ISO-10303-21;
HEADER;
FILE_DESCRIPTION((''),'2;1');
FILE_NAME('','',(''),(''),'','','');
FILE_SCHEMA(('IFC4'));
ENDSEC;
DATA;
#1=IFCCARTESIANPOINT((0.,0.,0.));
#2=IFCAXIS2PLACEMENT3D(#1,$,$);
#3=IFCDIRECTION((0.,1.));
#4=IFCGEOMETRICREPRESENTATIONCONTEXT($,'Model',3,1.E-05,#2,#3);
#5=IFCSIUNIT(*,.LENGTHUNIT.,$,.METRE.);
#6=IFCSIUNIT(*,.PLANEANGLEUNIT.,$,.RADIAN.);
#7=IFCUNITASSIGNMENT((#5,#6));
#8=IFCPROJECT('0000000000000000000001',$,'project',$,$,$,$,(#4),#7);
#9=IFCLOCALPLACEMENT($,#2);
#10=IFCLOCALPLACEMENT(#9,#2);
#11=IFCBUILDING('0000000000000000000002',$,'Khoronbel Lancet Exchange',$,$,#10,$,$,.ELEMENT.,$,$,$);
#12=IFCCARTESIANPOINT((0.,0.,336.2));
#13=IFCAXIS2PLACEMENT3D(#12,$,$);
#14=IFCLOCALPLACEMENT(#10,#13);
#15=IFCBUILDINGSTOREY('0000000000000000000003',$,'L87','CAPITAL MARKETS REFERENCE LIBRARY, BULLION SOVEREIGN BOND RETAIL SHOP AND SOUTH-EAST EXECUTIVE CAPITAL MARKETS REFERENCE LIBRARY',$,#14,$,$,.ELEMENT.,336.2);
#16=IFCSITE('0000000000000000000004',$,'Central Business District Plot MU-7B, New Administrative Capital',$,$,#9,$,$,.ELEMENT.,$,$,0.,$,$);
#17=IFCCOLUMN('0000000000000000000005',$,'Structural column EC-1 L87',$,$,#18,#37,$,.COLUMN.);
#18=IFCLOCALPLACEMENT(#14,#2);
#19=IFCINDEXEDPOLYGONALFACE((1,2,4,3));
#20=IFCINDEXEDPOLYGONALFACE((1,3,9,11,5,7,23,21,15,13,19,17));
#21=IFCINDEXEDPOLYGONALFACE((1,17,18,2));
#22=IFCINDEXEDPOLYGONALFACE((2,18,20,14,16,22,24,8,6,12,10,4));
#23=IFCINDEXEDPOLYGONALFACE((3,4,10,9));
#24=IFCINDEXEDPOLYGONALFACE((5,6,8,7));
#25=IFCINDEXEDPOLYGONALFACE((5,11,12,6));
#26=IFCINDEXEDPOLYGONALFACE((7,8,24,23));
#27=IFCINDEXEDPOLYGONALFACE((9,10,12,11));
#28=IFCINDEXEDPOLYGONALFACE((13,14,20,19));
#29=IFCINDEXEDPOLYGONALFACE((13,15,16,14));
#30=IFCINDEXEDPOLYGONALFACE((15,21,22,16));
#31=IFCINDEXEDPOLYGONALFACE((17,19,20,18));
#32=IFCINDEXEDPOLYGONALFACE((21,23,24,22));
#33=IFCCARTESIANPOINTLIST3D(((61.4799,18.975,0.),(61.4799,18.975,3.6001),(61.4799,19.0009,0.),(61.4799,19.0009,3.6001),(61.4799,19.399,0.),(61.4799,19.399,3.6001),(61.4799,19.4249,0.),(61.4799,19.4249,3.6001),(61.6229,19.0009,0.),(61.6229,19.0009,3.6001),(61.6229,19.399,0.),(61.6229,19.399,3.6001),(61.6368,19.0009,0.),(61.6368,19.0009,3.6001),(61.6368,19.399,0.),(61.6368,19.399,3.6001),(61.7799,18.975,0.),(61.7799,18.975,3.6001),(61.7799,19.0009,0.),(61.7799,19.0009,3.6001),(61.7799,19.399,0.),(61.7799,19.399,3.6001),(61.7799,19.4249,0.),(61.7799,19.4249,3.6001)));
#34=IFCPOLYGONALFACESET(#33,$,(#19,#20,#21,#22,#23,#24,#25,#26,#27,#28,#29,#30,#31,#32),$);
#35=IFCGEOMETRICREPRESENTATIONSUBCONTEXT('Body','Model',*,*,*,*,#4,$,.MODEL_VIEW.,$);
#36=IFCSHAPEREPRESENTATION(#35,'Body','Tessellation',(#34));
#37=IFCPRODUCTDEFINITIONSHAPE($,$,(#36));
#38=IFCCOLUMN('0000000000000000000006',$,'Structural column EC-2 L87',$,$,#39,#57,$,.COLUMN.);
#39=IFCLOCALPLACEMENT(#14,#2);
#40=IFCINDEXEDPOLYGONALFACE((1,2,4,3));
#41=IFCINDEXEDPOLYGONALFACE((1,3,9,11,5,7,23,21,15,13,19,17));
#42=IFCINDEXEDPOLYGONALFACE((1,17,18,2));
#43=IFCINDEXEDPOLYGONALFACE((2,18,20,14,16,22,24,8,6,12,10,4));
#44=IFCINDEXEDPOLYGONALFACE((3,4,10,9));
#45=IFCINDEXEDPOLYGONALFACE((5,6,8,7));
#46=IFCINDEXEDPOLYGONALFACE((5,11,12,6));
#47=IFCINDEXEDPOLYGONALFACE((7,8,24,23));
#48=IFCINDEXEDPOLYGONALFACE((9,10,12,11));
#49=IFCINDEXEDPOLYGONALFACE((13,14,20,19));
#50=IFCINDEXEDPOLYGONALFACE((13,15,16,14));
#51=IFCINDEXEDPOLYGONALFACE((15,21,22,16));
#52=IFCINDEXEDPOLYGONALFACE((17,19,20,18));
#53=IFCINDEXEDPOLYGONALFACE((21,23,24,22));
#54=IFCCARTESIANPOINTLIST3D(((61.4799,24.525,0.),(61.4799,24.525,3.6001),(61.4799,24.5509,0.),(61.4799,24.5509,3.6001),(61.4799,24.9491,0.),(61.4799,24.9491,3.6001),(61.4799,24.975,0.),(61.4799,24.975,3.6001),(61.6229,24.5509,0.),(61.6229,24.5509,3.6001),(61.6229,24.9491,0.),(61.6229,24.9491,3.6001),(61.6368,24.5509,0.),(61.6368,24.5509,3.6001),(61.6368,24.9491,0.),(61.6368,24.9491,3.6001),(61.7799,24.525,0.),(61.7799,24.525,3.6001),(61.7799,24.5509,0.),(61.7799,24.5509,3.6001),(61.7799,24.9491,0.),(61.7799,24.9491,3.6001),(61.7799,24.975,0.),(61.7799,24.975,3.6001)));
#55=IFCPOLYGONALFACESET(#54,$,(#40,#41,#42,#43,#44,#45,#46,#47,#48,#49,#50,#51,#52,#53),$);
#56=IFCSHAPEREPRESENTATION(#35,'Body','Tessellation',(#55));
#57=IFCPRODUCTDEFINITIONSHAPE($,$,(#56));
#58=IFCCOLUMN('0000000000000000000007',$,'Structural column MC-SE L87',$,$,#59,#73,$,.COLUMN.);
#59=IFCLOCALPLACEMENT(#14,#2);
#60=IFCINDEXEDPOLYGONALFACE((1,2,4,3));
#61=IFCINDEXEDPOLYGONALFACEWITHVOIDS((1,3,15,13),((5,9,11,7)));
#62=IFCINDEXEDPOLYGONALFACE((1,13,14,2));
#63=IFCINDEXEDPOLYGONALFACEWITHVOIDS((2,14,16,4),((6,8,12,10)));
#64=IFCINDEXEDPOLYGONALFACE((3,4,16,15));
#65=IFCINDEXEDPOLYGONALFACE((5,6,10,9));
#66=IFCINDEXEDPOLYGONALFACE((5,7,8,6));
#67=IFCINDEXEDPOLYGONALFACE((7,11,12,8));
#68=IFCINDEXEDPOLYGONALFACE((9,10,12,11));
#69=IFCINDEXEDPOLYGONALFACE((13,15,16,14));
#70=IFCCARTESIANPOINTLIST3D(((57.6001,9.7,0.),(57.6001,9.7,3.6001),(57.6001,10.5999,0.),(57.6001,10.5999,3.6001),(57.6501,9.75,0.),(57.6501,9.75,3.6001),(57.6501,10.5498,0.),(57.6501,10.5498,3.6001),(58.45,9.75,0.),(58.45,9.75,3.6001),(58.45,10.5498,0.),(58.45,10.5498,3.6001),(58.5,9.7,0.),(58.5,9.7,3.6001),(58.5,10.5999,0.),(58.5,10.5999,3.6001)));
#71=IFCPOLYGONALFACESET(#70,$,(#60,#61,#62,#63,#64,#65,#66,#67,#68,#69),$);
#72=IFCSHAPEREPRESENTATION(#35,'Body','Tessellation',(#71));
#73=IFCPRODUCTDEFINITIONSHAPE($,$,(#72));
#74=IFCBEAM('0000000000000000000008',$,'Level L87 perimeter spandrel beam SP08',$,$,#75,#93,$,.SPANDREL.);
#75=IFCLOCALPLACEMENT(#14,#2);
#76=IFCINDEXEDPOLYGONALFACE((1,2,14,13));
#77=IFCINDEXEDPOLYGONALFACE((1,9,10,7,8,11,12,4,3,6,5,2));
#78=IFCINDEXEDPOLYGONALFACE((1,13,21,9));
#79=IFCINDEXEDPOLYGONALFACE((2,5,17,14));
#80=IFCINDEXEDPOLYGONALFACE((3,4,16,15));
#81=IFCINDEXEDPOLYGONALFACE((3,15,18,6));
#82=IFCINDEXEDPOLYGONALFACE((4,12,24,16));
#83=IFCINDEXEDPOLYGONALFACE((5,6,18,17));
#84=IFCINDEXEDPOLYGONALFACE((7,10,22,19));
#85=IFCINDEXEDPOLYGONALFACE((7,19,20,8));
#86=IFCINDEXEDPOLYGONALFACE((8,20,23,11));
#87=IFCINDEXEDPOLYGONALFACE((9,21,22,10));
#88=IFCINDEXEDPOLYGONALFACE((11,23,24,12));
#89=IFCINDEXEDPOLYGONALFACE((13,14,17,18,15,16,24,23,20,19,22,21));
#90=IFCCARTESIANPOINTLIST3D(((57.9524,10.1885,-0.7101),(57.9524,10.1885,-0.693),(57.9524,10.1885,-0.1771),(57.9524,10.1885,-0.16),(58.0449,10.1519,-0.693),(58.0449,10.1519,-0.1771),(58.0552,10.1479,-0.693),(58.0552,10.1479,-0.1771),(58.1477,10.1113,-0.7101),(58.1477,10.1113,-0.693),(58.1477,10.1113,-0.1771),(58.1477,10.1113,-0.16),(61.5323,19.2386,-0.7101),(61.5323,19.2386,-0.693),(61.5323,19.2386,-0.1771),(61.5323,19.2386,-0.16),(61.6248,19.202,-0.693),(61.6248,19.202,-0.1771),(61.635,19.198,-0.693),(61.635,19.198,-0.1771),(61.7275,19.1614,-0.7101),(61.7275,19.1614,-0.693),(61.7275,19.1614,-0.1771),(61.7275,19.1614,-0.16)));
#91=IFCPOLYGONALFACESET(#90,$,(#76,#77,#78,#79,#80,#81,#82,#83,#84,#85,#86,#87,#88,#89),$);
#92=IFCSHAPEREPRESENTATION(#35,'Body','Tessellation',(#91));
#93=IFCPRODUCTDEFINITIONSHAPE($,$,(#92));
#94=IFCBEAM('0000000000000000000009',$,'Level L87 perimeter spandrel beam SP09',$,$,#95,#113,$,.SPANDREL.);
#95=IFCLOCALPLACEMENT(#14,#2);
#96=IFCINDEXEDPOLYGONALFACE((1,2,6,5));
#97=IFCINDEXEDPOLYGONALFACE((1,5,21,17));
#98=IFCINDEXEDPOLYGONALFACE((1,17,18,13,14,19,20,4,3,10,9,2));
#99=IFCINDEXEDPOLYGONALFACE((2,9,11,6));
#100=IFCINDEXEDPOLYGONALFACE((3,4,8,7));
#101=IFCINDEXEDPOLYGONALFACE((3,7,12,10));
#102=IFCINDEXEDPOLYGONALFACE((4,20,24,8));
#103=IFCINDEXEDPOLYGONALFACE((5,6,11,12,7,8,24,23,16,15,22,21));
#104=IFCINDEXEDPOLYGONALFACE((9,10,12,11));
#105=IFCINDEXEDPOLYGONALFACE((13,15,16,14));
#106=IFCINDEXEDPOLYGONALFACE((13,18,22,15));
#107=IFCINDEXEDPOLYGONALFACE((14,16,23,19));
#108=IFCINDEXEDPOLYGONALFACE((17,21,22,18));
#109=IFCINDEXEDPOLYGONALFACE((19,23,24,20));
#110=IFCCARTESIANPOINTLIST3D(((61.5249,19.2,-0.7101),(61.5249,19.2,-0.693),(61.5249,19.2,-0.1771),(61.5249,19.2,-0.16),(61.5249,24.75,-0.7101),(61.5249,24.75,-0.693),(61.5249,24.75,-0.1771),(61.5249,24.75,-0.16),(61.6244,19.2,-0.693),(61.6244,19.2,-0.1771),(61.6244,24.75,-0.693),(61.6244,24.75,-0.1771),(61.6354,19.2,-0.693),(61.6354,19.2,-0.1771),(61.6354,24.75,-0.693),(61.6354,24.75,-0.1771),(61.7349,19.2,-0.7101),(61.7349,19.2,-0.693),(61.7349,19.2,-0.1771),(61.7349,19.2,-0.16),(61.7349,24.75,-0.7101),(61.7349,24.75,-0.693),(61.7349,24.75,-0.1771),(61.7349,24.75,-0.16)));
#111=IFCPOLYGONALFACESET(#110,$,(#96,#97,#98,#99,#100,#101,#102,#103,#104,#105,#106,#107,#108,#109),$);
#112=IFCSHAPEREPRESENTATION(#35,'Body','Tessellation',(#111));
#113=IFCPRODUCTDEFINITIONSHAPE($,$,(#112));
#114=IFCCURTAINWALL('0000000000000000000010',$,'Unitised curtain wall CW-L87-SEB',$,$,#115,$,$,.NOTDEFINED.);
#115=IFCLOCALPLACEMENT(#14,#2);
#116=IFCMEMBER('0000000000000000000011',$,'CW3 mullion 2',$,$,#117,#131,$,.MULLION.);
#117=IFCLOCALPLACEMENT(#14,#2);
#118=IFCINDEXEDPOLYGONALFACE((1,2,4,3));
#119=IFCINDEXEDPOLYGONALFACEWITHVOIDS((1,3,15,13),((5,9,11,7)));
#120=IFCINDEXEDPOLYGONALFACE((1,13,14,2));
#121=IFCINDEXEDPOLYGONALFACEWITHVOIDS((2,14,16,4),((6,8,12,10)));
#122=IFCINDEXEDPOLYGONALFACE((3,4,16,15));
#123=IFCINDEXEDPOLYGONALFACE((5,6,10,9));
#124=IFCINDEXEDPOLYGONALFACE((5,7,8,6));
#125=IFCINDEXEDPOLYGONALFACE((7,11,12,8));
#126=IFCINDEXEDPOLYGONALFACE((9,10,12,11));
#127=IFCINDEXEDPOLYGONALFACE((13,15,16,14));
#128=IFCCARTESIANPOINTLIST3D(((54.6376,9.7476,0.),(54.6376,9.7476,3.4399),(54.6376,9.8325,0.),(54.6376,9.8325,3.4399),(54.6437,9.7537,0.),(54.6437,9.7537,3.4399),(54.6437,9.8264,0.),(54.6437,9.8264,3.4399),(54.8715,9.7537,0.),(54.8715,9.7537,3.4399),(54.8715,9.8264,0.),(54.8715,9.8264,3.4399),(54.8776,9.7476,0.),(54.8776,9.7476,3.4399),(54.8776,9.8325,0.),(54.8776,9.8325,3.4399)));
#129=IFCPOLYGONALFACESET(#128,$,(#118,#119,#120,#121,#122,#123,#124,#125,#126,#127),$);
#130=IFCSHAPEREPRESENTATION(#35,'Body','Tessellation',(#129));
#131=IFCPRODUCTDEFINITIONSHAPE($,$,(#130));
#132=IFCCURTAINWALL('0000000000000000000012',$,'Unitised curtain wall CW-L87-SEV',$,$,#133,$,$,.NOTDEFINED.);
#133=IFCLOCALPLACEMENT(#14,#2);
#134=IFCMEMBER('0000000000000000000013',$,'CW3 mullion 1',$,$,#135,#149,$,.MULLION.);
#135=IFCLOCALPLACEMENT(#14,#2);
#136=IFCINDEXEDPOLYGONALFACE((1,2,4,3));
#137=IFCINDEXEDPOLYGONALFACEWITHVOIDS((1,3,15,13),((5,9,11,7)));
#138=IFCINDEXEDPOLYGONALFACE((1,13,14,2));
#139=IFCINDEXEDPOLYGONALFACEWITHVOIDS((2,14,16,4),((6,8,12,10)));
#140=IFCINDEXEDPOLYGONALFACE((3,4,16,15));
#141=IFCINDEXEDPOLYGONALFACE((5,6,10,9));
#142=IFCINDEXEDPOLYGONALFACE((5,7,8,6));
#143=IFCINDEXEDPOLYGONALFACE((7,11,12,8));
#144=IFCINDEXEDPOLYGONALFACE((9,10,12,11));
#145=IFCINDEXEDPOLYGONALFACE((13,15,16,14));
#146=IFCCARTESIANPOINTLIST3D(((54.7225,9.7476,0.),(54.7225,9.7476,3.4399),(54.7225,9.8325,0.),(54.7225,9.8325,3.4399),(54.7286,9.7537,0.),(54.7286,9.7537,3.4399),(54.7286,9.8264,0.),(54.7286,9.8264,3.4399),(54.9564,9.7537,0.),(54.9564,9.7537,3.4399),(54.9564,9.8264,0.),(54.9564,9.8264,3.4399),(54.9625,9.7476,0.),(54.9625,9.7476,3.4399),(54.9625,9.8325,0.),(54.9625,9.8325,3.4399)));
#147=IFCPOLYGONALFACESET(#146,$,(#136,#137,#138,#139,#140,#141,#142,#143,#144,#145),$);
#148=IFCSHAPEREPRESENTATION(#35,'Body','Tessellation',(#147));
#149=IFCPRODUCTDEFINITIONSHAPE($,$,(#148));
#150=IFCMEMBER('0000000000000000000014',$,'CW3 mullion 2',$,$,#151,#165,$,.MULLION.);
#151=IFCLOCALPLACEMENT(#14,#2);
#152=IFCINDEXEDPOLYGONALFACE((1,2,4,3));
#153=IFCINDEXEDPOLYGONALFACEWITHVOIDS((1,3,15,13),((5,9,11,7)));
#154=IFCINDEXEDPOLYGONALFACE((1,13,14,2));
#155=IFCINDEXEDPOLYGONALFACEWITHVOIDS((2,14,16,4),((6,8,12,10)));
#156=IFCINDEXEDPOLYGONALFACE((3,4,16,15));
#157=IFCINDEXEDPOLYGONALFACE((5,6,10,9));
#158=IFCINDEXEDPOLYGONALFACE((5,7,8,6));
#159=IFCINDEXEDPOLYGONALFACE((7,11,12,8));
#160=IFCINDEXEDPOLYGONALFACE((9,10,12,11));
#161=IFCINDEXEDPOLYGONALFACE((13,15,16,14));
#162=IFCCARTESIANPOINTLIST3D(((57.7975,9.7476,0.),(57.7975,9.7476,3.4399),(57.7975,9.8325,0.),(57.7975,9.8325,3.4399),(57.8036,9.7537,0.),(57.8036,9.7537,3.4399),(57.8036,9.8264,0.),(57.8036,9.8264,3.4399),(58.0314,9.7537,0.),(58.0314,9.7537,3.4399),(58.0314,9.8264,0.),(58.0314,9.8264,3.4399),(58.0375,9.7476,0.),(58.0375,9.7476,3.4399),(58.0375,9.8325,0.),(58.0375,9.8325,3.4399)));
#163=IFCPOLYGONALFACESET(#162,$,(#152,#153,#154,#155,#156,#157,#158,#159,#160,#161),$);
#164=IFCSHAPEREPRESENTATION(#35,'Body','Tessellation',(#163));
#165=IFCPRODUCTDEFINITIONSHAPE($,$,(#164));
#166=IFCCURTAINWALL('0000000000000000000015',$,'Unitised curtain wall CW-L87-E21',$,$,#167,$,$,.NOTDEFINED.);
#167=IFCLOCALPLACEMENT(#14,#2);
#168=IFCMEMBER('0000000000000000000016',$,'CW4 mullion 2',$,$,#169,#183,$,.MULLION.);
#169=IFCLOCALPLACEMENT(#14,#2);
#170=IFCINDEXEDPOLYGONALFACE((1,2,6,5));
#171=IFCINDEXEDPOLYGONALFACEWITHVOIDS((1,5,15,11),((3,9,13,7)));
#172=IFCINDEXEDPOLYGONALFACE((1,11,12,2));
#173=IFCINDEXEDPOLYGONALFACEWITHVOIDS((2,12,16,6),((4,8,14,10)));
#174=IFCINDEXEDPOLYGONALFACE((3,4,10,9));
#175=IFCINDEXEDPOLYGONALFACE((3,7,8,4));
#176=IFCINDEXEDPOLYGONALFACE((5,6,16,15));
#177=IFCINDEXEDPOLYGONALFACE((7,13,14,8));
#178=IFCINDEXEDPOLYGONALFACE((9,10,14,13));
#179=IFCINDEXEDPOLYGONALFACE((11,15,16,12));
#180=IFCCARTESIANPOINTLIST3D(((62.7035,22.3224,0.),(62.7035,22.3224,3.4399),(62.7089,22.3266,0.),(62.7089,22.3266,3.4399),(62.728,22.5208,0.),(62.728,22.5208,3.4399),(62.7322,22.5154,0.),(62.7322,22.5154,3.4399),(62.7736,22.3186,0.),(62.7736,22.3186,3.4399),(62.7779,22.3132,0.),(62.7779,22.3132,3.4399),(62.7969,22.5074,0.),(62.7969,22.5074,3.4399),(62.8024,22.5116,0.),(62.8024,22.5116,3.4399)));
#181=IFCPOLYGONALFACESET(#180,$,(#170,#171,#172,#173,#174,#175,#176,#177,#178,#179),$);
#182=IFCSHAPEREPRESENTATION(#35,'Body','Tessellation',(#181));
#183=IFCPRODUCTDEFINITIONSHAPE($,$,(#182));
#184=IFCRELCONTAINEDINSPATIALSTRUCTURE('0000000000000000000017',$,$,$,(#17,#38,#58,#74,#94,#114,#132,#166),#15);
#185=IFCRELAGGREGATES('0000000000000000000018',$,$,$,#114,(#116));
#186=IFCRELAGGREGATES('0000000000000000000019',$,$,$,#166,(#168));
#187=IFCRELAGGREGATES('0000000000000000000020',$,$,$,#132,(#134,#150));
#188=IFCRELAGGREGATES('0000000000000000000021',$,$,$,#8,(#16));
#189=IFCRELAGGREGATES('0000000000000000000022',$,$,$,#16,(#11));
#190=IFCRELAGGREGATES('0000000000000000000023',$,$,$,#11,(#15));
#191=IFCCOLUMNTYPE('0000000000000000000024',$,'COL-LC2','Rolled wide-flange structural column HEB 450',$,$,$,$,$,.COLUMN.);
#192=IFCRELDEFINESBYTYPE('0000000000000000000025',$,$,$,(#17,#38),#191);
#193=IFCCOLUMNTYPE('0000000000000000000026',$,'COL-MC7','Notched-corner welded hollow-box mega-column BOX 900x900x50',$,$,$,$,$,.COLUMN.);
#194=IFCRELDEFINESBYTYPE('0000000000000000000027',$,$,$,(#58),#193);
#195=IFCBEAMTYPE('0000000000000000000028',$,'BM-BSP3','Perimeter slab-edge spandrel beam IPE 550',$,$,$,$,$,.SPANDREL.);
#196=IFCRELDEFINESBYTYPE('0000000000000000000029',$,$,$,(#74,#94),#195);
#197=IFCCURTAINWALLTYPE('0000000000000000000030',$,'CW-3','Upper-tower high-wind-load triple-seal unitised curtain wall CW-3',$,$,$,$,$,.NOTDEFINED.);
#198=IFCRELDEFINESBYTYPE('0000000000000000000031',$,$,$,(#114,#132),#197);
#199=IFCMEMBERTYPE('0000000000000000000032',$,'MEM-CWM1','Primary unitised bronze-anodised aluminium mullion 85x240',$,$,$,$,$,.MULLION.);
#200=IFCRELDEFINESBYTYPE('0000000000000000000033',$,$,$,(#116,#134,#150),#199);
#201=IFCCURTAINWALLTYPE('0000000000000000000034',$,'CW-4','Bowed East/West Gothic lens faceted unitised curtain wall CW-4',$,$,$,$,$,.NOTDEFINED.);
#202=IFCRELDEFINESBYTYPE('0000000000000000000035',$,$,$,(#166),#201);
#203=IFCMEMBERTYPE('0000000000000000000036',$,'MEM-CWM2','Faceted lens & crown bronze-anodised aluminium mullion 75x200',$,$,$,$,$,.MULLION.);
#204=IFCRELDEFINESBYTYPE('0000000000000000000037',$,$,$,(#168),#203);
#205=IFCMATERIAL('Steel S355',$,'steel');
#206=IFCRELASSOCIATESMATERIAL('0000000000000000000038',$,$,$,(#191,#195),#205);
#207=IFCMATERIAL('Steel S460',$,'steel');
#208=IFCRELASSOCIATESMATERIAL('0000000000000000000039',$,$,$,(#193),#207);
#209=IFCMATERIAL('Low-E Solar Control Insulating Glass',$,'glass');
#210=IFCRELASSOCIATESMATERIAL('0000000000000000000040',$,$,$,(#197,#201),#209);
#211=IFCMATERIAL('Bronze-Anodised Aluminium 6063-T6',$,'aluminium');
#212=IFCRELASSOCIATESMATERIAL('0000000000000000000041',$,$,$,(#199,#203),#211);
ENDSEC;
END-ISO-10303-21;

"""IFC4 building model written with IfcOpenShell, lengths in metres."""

from ifc_helpers import new_model, si_unit, direction, frame, origin, origin_2d, place, context, subcontext, project, spatial, hollow_rectangle, i_section, extrude, material, material_profile, profile_set, type_object, element, aggregate, save


model = new_model("IFC4")

# Units and contexts
model_context = context("Model", 3, precision=1e-05, world=origin(), true_north=direction((0.0, 1.0)))
body_context = subcontext(model_context, "Body", "Model", "MODEL_VIEW")
ifc_project = project(units=[si_unit("LENGTHUNIT", "METRE"), si_unit("PLANEANGLEUNIT", "RADIAN")], contexts=[model_context])

# Site, building, storey
site_placement = place(None, origin())
site = spatial("IfcSite", under=ifc_project, at=site_placement, Name="Central Business District Plot MU-7B, New Administrative Capital", CompositionType="ELEMENT", RefElevation=0.0)
building_placement = place(site_placement, origin())
building = spatial("IfcBuilding", under=site, at=building_placement, Name="Khoronbel Lancet Exchange", CompositionType="ELEMENT")
storey_placement = place(building_placement, frame((0.0, 0.0, 336.2)))
storey = spatial("IfcBuildingStorey", under=building, at=storey_placement, Name="L87", Description="CAPITAL MARKETS REFERENCE LIBRARY, BULLION SOVEREIGN BOND RETAIL SHOP AND SOUTH-EAST EXECUTIVE CAPITAL MARKETS REFERENCE LIBRARY", CompositionType="ELEMENT", Elevation=336.2)

# Columns
ifc_material_1 = material(Name="Steel S355", Category="steel")
ifc_material_profile_1 = material_profile(ifc_material_1, i_section(OverallWidth=0.3, OverallDepth=0.45, WebThickness=0.0139, FlangeThickness=0.0259, at=origin_2d()), Name="HEB 450")
ifc_profile_set_1 = profile_set([ifc_material_profile_1], Name="Steel S355")
column_type_1 = type_object("IfcColumnType", Name="COL-LC2", Description="Rolled wide-flange structural column HEB 450", PredefinedType="COLUMN", material=ifc_profile_set_1)
for number, where, z_axis, x_axis, name in (
    (1, (61.6299, 19.2, 0.0), (0.0, 0.0, 1.0), (1.0, 0.0, 0.0), "Structural column EC-1 L87"),
    (2, (61.6299, 24.75, 0.0), (0.0, 0.0, 1.0), (1.0, 0.0, 0.0), "Structural column EC-2 L87"),
):
    element("IfcColumn", number, at=place(storey_placement, frame(where, z_axis=z_axis, x_axis=x_axis)), inside=storey, type_object=column_type_1, Name=name, PredefinedType="COLUMN", context=body_context, shape_type="SweptSolid", body=[
        extrude(i_section(OverallWidth=0.3, OverallDepth=0.45, WebThickness=0.0139, FlangeThickness=0.0259, at=origin_2d()), origin(), (0.0, 0.0, 1.0), 3.6001),
    ])
ifc_material_2 = material(Name="Steel S460", Category="steel")
ifc_material_profile_2 = material_profile(ifc_material_2, hollow_rectangle(XDim=0.8999, YDim=0.8999, WallThickness=0.05, at=origin_2d()), Name="BOX 900x900x50")
ifc_profile_set_2 = profile_set([ifc_material_profile_2], Name="Steel S460")
column_type_2 = type_object("IfcColumnType", Name="COL-MC7", Description="Notched-corner welded hollow-box mega-column BOX 900x900x50", PredefinedType="COLUMN", material=ifc_profile_set_2)
column_placement = place(storey_placement, frame((58.05, 10.1499, 0.0), z_axis=(0.0, 0.0, 1.0), x_axis=(1.0, 0.0, 0.0)))
element("IfcColumn", 3, at=column_placement, inside=storey, type_object=column_type_2, Name="Structural column MC-SE L87", PredefinedType="COLUMN", context=body_context, shape_type="SweptSolid", body=[
    extrude(hollow_rectangle(XDim=0.8999, YDim=0.8999, WallThickness=0.05, at=origin_2d()), origin(), (0.0, 0.0, 1.0), 3.6001),
])

# Beams
ifc_material_profile_3 = material_profile(ifc_material_1, i_section(OverallWidth=0.21, OverallDepth=0.55, WebThickness=0.011, FlangeThickness=0.0171, at=origin_2d()), Name="IPE 550")
ifc_profile_set_3 = profile_set([ifc_material_profile_3], Name="Steel S355")
beam_type = type_object("IfcBeamType", Name="BM-BSP3", Description="Perimeter slab-edge spandrel beam IPE 550", PredefinedType="SPANDREL", material=ifc_profile_set_3)
beam_1_placement = place(storey_placement, frame((58.05, 10.1499, -0.4351), z_axis=(0.367828, 0.929894, 0.0), x_axis=(-0.929894, 0.367828, 0.0)))
element("IfcBeam", 4, at=beam_1_placement, inside=storey, type_object=beam_type, Name="Level L87 perimeter spandrel beam SP08", PredefinedType="SPANDREL", context=body_context, shape_type="SweptSolid", body=[
    extrude(i_section(OverallWidth=0.21, OverallDepth=0.55, WebThickness=0.011, FlangeThickness=0.0171, at=origin_2d()), origin(), (0.0, 0.0, 1.0), 9.7324),
])
beam_2_placement = place(storey_placement, frame((61.6299, 19.2, -0.4351), z_axis=(0.0, 1.0, 0.0), x_axis=(-1.0, 0.0, 0.0)))
element("IfcBeam", 5, at=beam_2_placement, inside=storey, type_object=beam_type, Name="Level L87 perimeter spandrel beam SP09", PredefinedType="SPANDREL", context=body_context, shape_type="SweptSolid", body=[
    extrude(i_section(OverallWidth=0.21, OverallDepth=0.55, WebThickness=0.011, FlangeThickness=0.0171, at=origin_2d()), origin(), (0.0, 0.0, 1.0), 5.55),
])

# Curtain wall, member
ifc_material_3 = material(Name="Low-E Solar Control Insulating Glass", Category="glass")
curtain_wall_type_1 = type_object("IfcCurtainWallType", Name="CW-3", Description="Upper-tower high-wind-load triple-seal unitised curtain wall CW-3", PredefinedType="NOTDEFINED", material=ifc_material_3)
curtain_wall_1_placement = place(storey_placement, origin())
curtain_wall_1 = element("IfcCurtainWall", 6, at=curtain_wall_1_placement, inside=storey, type_object=curtain_wall_type_1, Name="Unitised curtain wall CW-L87-SEB", PredefinedType="NOTDEFINED")
ifc_material_4 = material(Name="Bronze-Anodised Aluminium 6063-T6", Category="aluminium")
ifc_material_profile_4 = material_profile(ifc_material_4, hollow_rectangle(XDim=0.085, YDim=0.24, WallThickness=0.0061, at=origin_2d()), Name="ALU MULLION 85x240")
ifc_profile_set_4 = profile_set([ifc_material_profile_4], Name="Bronze-Anodised Aluminium 6063-T6")
member_type_1 = type_object("IfcMemberType", Name="MEM-CWM1", Description="Primary unitised bronze-anodised aluminium mullion 85x240", PredefinedType="MULLION", material=ifc_profile_set_4)
member_1_placement = place(storey_placement, frame((54.7576, 9.79, 0.0), z_axis=(0.0, 0.0, 1.0), x_axis=(0.0, 1.0, 0.0)))
member_1 = element("IfcMember", 7, at=member_1_placement, type_object=member_type_1, Name="CW3 mullion 2", PredefinedType="MULLION", context=body_context, shape_type="SweptSolid", body=[
    extrude(hollow_rectangle(XDim=0.085, YDim=0.24, WallThickness=0.0061, at=origin_2d()), origin(), (0.0, 0.0, 1.0), 3.4399),
])
aggregate(curtain_wall_1, [member_1])

# Curtain wall, members
curtain_wall_2_placement = place(storey_placement, origin())
curtain_wall_2 = element("IfcCurtainWall", 8, at=curtain_wall_2_placement, inside=storey, type_object=curtain_wall_type_1, Name="Unitised curtain wall CW-L87-SEV", PredefinedType="NOTDEFINED")
member_2_placement = place(storey_placement, frame((54.8425, 9.79, 0.0), z_axis=(0.0, 0.0, 1.0), x_axis=(0.0, 1.0, 0.0)))
member_2 = element("IfcMember", 9, at=member_2_placement, type_object=member_type_1, Name="CW3 mullion 1", PredefinedType="MULLION", context=body_context, shape_type="SweptSolid", body=[
    extrude(hollow_rectangle(XDim=0.085, YDim=0.24, WallThickness=0.0061, at=origin_2d()), origin(), (0.0, 0.0, 1.0), 3.4399),
])
member_3_placement = place(storey_placement, frame((57.9175, 9.79, 0.0), z_axis=(0.0, 0.0, 1.0), x_axis=(0.0, 1.0, 0.0)))
member_3 = element("IfcMember", 10, at=member_3_placement, type_object=member_type_1, Name="CW3 mullion 2", PredefinedType="MULLION", context=body_context, shape_type="SweptSolid", body=[
    extrude(hollow_rectangle(XDim=0.085, YDim=0.24, WallThickness=0.0061, at=origin_2d()), origin(), (0.0, 0.0, 1.0), 3.4399),
])

# Curtain wall, member
curtain_wall_type_2 = type_object("IfcCurtainWallType", Name="CW-4", Description="Bowed East/West Gothic lens faceted unitised curtain wall CW-4", PredefinedType="NOTDEFINED", material=ifc_material_3)
curtain_wall_3_placement = place(storey_placement, origin())
curtain_wall_3 = element("IfcCurtainWall", 11, at=curtain_wall_3_placement, inside=storey, type_object=curtain_wall_type_2, Name="Unitised curtain wall CW-L87-E21", PredefinedType="NOTDEFINED")
ifc_material_profile_5 = material_profile(ifc_material_4, hollow_rectangle(XDim=0.075, YDim=0.2, WallThickness=0.0049, at=origin_2d()), Name="ALU MULLION 75x200")
ifc_profile_set_5 = profile_set([ifc_material_profile_5], Name="Bronze-Anodised Aluminium 6063-T6")
member_type_2 = type_object("IfcMemberType", Name="MEM-CWM2", Description="Faceted lens & crown bronze-anodised aluminium mullion 75x200", PredefinedType="MULLION", material=ifc_profile_set_5)
member_4_placement = place(storey_placement, frame((62.7529, 22.417, 0.0), z_axis=(0.0, 0.0, 1.0), x_axis=(0.992456, -0.122599, 0.0)))
member_4 = element("IfcMember", 12, at=member_4_placement, type_object=member_type_2, Name="CW4 mullion 2", PredefinedType="MULLION", context=body_context, shape_type="SweptSolid", body=[
    extrude(hollow_rectangle(XDim=0.075, YDim=0.2, WallThickness=0.0049, at=origin_2d()), origin(), (0.0, 0.0, 1.0), 3.4399),
])

aggregate(curtain_wall_3, [member_4])
aggregate(curtain_wall_2, [member_2, member_3])

save(model, "model.ifc")
